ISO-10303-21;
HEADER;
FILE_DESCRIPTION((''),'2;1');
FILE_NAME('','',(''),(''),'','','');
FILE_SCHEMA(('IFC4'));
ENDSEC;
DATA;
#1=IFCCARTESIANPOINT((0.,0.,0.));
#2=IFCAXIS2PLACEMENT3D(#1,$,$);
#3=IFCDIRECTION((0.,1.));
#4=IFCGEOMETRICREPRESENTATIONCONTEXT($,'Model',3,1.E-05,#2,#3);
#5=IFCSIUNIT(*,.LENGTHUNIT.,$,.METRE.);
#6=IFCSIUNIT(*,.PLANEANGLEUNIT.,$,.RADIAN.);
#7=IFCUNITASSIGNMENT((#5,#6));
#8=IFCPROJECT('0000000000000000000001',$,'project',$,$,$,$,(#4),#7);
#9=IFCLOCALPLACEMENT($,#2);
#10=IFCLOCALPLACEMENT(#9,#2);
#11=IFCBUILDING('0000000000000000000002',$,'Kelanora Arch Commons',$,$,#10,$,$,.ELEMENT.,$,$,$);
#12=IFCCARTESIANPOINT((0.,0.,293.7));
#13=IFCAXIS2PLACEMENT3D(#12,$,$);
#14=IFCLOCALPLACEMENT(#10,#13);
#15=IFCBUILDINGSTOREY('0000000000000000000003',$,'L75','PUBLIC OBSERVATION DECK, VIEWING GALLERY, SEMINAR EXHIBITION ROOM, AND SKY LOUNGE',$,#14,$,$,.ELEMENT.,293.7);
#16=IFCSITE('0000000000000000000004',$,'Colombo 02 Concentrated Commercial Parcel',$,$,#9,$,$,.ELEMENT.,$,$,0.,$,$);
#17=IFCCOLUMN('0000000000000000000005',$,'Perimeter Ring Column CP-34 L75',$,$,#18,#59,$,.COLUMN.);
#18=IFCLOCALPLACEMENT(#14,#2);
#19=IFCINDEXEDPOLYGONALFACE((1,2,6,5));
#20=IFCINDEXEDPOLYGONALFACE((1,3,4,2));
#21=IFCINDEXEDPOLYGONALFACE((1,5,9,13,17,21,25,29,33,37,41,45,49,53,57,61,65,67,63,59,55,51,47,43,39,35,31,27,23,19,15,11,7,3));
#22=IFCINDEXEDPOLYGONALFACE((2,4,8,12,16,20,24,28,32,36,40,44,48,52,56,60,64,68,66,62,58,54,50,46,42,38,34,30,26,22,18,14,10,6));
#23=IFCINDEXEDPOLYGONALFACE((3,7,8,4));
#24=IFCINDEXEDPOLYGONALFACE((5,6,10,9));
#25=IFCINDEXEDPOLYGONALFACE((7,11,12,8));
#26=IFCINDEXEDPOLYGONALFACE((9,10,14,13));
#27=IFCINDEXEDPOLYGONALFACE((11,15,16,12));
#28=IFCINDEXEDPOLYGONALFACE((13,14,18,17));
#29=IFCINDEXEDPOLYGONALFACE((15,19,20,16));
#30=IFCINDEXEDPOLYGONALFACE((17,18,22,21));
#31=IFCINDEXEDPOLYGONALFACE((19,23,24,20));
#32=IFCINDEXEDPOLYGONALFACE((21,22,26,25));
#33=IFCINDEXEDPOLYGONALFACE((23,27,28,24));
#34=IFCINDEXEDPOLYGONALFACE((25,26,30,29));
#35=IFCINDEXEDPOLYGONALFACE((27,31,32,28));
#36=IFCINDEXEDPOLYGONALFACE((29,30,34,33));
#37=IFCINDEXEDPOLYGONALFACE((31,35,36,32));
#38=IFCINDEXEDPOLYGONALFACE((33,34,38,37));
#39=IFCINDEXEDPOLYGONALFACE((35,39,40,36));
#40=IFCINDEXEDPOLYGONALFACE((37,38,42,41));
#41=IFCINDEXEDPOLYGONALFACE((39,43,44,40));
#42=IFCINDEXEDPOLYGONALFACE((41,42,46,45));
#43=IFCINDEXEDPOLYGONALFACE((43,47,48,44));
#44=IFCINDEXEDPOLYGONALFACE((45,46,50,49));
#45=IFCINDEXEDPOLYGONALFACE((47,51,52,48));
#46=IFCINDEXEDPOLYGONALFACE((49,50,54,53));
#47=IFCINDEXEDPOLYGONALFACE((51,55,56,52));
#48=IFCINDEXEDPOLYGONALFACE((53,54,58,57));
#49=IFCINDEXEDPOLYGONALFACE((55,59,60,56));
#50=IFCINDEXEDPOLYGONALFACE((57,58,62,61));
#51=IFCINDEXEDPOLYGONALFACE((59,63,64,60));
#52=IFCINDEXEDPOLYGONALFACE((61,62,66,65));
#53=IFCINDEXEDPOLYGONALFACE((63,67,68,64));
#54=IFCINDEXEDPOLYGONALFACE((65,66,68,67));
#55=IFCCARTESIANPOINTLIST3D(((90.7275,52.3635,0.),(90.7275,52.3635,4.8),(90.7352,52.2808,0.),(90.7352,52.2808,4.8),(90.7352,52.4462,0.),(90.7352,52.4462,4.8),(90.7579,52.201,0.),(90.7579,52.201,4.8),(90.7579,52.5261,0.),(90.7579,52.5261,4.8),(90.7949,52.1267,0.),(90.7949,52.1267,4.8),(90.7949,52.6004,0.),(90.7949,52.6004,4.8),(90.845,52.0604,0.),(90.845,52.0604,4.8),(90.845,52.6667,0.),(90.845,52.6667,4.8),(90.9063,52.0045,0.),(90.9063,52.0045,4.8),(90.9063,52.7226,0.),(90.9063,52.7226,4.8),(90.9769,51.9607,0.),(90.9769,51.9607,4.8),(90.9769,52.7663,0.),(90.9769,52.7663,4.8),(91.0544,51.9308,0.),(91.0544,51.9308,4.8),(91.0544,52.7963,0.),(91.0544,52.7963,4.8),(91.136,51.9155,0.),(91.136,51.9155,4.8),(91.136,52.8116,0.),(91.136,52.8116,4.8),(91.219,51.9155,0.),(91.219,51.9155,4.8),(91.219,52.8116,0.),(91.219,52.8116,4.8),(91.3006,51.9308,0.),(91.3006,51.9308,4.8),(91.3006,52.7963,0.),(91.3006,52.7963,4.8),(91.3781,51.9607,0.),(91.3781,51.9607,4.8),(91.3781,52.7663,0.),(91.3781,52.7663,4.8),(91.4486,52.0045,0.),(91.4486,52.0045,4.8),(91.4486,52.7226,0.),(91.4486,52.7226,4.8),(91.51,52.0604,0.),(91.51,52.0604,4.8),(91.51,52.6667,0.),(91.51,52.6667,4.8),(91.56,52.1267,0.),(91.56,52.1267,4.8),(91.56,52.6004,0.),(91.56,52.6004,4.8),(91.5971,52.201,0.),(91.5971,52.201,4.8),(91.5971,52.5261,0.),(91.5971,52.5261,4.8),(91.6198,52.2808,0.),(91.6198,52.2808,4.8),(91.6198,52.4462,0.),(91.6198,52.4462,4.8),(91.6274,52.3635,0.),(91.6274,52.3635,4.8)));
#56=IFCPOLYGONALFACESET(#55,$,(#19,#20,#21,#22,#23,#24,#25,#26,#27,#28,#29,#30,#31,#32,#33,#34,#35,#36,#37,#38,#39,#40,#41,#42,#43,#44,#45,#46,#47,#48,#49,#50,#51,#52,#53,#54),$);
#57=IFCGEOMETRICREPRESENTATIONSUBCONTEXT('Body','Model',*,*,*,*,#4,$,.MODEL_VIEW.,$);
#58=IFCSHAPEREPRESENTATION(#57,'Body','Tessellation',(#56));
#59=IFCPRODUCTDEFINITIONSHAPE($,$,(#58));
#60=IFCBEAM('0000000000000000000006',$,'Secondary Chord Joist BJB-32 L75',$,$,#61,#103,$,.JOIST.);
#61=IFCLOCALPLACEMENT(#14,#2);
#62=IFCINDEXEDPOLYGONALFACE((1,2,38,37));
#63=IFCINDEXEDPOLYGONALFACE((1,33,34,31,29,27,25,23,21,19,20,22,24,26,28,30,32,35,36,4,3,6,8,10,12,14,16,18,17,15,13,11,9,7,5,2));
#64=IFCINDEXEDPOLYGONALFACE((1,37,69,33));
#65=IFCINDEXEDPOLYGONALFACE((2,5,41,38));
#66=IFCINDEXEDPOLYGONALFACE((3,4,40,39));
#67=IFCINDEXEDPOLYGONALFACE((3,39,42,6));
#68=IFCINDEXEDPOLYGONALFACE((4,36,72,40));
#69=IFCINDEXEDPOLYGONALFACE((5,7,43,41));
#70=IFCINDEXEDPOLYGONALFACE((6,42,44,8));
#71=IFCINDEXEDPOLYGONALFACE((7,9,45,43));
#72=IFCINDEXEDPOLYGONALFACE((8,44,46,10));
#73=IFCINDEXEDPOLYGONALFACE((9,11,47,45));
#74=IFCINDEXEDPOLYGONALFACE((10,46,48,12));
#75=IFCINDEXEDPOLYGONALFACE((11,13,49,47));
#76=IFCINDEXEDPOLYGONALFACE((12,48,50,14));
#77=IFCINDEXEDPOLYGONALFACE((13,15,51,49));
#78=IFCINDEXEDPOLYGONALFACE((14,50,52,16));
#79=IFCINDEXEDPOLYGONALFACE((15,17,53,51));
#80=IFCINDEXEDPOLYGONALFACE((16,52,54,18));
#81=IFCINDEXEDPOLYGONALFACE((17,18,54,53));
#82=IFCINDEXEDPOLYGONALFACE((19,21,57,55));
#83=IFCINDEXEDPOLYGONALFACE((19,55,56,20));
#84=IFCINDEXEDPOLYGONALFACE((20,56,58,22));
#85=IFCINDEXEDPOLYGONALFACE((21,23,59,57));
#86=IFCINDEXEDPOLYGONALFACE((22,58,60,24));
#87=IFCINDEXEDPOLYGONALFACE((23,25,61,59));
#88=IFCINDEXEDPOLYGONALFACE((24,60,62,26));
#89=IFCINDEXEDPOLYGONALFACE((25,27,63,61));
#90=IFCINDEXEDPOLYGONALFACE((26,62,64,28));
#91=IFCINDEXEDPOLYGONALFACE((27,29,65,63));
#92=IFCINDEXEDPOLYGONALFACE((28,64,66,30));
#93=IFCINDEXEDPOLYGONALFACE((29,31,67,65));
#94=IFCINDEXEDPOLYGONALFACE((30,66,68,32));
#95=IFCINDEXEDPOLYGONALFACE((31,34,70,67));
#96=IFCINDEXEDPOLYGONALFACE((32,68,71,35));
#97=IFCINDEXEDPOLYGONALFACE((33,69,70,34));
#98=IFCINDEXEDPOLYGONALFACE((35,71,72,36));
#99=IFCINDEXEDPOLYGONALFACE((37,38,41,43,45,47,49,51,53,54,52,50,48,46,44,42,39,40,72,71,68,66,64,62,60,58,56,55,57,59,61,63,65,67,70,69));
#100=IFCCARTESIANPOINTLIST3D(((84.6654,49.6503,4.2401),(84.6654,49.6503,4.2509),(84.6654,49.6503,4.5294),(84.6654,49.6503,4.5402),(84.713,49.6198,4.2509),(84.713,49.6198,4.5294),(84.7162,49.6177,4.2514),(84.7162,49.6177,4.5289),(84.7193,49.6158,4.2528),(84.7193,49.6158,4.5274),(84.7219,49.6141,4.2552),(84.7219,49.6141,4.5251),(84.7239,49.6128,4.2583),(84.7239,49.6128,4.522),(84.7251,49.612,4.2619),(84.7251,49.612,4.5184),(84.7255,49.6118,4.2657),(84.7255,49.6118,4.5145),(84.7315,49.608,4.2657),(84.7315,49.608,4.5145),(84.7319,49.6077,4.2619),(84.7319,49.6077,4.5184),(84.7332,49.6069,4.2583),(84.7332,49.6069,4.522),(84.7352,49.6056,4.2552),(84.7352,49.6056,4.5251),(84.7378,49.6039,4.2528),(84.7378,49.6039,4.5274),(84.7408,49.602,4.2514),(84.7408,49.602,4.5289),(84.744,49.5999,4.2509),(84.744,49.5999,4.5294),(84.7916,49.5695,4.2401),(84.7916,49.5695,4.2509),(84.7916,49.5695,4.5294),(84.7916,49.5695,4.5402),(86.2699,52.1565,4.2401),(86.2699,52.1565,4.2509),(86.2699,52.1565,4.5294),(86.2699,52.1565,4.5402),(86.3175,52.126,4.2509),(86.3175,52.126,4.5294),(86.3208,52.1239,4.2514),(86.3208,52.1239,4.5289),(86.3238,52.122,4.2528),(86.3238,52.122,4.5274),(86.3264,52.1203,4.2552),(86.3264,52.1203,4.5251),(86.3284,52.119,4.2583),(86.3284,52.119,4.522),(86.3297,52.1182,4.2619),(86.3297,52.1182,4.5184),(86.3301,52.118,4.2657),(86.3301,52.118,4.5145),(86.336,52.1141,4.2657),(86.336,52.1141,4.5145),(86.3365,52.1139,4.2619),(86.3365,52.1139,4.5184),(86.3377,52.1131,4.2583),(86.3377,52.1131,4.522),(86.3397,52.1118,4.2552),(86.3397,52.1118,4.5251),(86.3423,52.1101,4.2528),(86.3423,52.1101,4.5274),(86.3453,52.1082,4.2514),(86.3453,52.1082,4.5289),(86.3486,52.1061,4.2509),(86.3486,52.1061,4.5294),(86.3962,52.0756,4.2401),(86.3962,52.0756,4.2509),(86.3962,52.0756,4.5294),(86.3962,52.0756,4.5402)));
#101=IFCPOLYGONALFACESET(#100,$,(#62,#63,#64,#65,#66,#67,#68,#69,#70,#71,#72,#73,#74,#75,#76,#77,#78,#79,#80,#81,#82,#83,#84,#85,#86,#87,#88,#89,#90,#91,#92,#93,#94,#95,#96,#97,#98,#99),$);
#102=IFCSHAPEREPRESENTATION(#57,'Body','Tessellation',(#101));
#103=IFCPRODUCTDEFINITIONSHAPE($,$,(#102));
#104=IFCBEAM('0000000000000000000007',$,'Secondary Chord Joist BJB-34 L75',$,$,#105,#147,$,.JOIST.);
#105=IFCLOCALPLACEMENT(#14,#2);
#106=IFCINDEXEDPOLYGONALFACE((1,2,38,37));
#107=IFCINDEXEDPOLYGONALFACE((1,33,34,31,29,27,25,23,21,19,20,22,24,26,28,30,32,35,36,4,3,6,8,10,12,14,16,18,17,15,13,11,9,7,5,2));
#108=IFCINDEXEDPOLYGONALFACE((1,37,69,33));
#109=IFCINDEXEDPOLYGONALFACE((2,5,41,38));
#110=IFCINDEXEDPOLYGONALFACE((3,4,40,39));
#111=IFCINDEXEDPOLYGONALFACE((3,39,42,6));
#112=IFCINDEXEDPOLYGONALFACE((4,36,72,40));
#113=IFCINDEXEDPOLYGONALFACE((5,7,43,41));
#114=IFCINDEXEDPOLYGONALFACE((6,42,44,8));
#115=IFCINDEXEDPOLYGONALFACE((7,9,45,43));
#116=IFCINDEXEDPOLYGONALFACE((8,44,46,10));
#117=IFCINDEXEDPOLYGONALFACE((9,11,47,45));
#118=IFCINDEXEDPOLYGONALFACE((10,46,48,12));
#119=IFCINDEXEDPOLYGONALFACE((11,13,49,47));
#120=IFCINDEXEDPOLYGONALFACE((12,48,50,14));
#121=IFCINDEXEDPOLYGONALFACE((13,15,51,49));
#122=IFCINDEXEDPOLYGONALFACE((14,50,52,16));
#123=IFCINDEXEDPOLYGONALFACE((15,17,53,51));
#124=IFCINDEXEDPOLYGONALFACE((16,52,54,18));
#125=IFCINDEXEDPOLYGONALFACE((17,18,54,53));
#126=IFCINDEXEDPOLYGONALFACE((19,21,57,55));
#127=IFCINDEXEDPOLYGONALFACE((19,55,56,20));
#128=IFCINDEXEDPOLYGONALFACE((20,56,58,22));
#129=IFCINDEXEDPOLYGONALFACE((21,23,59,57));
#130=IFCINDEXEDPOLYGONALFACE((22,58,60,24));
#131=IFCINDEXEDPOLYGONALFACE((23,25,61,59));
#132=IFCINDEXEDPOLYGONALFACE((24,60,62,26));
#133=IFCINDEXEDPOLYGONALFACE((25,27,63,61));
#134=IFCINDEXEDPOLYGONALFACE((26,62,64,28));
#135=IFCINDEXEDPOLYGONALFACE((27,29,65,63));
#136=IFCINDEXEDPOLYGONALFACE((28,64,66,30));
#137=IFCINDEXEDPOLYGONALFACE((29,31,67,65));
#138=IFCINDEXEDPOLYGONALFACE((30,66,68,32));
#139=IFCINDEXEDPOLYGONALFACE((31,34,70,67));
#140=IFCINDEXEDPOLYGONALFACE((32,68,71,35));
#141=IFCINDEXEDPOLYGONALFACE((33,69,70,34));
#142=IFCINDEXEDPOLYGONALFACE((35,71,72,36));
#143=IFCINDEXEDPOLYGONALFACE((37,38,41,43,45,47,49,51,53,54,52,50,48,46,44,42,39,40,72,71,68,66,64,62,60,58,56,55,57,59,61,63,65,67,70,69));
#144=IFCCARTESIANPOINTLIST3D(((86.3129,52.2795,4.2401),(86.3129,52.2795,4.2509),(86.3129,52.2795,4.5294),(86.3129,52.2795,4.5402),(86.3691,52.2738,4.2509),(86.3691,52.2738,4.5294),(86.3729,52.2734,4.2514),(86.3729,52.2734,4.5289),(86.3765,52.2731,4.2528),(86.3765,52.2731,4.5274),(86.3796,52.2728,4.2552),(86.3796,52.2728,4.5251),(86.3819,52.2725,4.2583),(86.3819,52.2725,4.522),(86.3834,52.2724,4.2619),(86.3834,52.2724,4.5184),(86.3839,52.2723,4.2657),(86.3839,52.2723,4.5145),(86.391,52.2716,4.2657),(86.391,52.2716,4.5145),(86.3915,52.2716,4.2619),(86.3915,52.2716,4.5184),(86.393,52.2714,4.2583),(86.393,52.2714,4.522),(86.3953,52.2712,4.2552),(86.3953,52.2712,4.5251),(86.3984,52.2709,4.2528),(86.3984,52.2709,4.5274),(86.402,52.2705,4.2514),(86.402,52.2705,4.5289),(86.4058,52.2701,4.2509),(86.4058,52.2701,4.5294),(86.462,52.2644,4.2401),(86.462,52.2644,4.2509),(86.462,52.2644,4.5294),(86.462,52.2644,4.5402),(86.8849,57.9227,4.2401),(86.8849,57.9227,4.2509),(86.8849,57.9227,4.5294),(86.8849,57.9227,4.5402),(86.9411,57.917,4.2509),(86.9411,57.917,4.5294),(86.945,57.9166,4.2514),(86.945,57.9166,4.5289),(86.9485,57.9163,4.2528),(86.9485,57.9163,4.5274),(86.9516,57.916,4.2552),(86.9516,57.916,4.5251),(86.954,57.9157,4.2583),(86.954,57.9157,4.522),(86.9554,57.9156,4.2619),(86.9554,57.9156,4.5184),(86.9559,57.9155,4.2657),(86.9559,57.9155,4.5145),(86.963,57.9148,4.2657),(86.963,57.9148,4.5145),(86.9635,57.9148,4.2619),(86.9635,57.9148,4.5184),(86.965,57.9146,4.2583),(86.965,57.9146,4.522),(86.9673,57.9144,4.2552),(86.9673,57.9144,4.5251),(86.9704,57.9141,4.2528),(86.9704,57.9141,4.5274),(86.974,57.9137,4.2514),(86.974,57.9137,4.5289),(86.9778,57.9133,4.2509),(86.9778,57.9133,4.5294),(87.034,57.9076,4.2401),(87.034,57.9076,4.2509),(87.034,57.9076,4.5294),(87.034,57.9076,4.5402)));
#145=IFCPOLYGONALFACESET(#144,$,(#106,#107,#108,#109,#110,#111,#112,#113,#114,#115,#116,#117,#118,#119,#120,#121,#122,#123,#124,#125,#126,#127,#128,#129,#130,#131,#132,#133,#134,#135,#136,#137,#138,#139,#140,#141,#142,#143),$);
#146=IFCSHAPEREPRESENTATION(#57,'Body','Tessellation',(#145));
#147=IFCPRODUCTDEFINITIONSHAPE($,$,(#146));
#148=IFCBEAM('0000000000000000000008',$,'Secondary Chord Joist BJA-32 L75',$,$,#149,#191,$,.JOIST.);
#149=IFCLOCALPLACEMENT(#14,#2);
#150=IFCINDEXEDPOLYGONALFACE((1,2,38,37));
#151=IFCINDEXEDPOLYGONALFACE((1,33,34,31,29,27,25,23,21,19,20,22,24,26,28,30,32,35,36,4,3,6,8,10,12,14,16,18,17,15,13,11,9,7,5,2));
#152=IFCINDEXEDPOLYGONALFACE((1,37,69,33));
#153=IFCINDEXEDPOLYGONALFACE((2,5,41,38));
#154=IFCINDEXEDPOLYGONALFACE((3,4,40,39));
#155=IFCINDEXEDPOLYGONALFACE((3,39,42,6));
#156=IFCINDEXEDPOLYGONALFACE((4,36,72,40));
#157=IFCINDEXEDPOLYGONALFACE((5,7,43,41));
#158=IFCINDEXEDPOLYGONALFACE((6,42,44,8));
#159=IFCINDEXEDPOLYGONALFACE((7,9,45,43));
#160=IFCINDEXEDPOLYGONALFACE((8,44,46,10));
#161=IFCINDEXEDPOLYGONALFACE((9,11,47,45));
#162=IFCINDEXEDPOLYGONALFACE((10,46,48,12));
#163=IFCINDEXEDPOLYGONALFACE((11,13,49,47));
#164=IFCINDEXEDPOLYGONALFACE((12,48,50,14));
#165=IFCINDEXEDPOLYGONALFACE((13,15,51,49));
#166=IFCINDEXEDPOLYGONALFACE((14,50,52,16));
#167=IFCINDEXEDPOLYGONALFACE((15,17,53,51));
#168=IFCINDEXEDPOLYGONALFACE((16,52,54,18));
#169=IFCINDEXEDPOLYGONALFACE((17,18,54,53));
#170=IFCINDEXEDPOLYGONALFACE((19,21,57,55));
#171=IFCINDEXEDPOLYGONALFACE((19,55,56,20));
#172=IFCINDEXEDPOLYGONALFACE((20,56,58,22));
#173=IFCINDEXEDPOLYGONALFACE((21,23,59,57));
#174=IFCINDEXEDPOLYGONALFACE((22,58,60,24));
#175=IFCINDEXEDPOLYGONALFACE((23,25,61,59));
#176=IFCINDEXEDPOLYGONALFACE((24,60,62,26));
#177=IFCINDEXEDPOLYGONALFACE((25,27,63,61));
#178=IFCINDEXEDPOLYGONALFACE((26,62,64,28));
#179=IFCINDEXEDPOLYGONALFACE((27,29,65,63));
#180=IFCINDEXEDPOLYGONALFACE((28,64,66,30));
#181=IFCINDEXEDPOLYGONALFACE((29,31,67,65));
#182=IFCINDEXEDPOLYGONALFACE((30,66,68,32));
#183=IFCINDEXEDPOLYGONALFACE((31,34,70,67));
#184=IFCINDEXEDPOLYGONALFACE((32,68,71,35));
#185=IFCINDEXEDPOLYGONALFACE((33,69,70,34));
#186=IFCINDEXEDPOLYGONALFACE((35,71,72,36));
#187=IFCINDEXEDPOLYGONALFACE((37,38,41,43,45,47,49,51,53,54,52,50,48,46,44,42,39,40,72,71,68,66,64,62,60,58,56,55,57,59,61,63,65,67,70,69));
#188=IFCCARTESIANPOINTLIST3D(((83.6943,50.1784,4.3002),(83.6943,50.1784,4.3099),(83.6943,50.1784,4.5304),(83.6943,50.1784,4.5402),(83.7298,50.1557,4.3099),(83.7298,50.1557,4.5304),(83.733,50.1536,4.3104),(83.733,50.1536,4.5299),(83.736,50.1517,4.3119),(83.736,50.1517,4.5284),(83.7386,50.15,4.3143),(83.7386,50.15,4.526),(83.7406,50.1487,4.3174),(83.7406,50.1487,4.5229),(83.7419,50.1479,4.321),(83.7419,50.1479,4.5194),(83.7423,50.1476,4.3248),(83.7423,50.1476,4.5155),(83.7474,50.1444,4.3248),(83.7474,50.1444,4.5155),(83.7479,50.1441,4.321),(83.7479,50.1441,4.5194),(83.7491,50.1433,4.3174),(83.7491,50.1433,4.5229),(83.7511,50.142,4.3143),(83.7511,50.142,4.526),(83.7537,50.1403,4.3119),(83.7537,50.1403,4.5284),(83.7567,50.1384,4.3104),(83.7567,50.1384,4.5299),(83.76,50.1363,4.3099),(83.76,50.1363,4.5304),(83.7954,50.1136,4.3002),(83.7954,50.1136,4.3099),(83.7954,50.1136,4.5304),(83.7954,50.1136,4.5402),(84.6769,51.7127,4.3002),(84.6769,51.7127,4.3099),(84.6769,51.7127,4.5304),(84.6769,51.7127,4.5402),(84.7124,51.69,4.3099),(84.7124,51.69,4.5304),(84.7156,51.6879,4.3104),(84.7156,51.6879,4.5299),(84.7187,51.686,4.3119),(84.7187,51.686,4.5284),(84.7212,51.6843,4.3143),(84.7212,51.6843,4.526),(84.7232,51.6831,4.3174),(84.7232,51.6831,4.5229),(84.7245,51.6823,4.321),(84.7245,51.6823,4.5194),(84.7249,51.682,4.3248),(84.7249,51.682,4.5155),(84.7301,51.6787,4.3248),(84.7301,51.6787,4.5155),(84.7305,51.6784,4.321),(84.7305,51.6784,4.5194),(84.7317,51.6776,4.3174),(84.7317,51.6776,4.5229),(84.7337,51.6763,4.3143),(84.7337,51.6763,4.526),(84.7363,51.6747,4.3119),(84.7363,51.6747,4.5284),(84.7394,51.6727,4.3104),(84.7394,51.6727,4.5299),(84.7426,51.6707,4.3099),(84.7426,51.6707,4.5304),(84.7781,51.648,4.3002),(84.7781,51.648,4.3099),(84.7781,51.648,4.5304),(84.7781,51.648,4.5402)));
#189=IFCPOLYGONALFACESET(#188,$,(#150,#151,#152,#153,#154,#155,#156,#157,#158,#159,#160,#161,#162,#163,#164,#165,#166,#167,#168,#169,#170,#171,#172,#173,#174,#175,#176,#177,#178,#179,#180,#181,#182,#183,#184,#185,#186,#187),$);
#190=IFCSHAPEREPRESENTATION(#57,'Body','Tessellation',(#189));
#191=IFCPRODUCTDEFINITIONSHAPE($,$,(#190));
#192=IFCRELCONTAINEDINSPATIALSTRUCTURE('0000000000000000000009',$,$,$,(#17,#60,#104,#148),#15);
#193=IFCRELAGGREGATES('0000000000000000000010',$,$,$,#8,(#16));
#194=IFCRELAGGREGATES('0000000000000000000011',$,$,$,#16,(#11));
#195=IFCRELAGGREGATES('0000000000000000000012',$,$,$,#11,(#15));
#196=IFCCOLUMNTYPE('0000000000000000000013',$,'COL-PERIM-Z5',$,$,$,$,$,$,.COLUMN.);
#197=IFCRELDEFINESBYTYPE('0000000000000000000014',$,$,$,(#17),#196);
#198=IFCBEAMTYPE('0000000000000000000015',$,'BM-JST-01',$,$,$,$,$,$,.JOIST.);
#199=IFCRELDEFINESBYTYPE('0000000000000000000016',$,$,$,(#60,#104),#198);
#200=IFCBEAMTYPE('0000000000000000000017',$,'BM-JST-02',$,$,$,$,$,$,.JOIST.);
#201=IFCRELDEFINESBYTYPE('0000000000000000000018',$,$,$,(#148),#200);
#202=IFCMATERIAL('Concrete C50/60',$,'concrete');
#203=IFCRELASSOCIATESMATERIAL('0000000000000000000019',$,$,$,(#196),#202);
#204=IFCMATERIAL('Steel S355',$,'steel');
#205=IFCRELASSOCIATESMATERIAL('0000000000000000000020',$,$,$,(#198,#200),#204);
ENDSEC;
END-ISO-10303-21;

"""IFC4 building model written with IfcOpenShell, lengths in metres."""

from ifc_helpers import new_model, si_unit, direction, frame, origin, origin_2d, place, context, subcontext, project, spatial, circle, i_section, extrude, material, material_profile, profile_set, type_object, element, save


model = new_model("IFC4")

# Units and contexts
model_context = context("Model", 3, precision=1e-05, world=origin(), true_north=direction((0.0, 1.0)))
body_context = subcontext(model_context, "Body", "Model", "MODEL_VIEW")
ifc_project = project(units=[si_unit("LENGTHUNIT", "METRE"), si_unit("PLANEANGLEUNIT", "RADIAN")], contexts=[model_context])

# Site, building, storey
site_placement = place(None, origin())
site = spatial("IfcSite", under=ifc_project, at=site_placement, Name="Colombo 02 Concentrated Commercial Parcel", CompositionType="ELEMENT", RefElevation=0.0)
building_placement = place(site_placement, origin())
building = spatial("IfcBuilding", under=site, at=building_placement, Name="Kelanora Arch Commons", CompositionType="ELEMENT")
storey_placement = place(building_placement, frame((0.0, 0.0, 293.7)))
storey = spatial("IfcBuildingStorey", under=building, at=storey_placement, Name="L75", Description="PUBLIC OBSERVATION DECK, VIEWING GALLERY, SEMINAR EXHIBITION ROOM, AND SKY LOUNGE", CompositionType="ELEMENT", Elevation=293.7)

# Column
ifc_material_1 = material(Name="Concrete C50/60", Category="concrete")
ifc_material_profile_1 = material_profile(ifc_material_1, circle(Radius=0.45, at=origin_2d()), Name="RCC900")
ifc_profile_set_1 = profile_set([ifc_material_profile_1], Name="Concrete C50/60")
column_type = type_object("IfcColumnType", Name="COL-PERIM-Z5", PredefinedType="COLUMN", material=ifc_profile_set_1)
column_placement = place(storey_placement, frame((91.1775, 52.3635, 0.0), z_axis=(0.0, 0.0, 1.0), x_axis=(1.0, 0.0, 0.0)))
element("IfcColumn", 1, at=column_placement, inside=storey, type_object=column_type, Name="Perimeter Ring Column CP-34 L75", PredefinedType="COLUMN", context=body_context, shape_type="SweptSolid", body=[
    extrude(circle(Radius=0.45, at=origin_2d()), origin(), (0.0, 0.0, 1.0), 4.8),
])

# Beams
ifc_material_2 = material(Name="Steel S355", Category="steel")
ifc_material_profile_2 = material_profile(ifc_material_2, i_section(OverallWidth=0.1499, OverallDepth=0.3, WebThickness=0.0071, FlangeThickness=0.0107, FilletRadius=0.0149, at=origin_2d()), Name="IPE300")
ifc_profile_set_2 = profile_set([ifc_material_profile_2], Name="Steel S355")
beam_type_1 = type_object("IfcBeamType", Name="BM-JST-01", PredefinedType="JOIST", material=ifc_profile_set_2)
beam_1_placement = place(storey_placement, frame((84.7285, 49.6099, 4.3901), z_axis=(0.539193, 0.842182, 0.0), x_axis=(-0.842182, 0.539193, 0.0)))
element("IfcBeam", 2, at=beam_1_placement, inside=storey, type_object=beam_type_1, Name="Secondary Chord Joist BJB-32 L75", PredefinedType="JOIST", context=body_context, shape_type="SweptSolid", body=[
    extrude(i_section(OverallWidth=0.1499, OverallDepth=0.3, WebThickness=0.0071, FlangeThickness=0.0107, FilletRadius=0.0149, at=origin_2d()), origin(), (0.0, 0.0, 1.0), 2.9758),
])
beam_2_placement = place(storey_placement, frame((86.3875, 52.272, 4.3901), z_axis=(0.100846, 0.994902, 0.0), x_axis=(-0.994902, 0.100846, 0.0)))
element("IfcBeam", 3, at=beam_2_placement, inside=storey, type_object=beam_type_1, Name="Secondary Chord Joist BJB-34 L75", PredefinedType="JOIST", context=body_context, shape_type="SweptSolid", body=[
    extrude(i_section(OverallWidth=0.1499, OverallDepth=0.3, WebThickness=0.0071, FlangeThickness=0.0107, FilletRadius=0.0149, at=origin_2d()), origin(), (0.0, 0.0, 1.0), 5.6721),
])
ifc_material_profile_3 = material_profile(ifc_material_2, i_section(OverallWidth=0.1201, OverallDepth=0.24, WebThickness=0.0061, FlangeThickness=0.0098, FilletRadius=0.0149, at=origin_2d()), Name="IPE240")
ifc_profile_set_3 = profile_set([ifc_material_profile_3], Name="Steel S355")
beam_type_2 = type_object("IfcBeamType", Name="BM-JST-02", PredefinedType="JOIST", material=ifc_profile_set_3)
beam_3_placement = place(storey_placement, frame((83.7449, 50.146, 4.4202), z_axis=(0.539301, 0.842113, 0.0), x_axis=(-0.842113, 0.539301, 0.0)))
element("IfcBeam", 4, at=beam_3_placement, inside=storey, type_object=beam_type_2, Name="Secondary Chord Joist BJA-32 L75", PredefinedType="JOIST", context=body_context, shape_type="SweptSolid", body=[
    extrude(i_section(OverallWidth=0.1201, OverallDepth=0.24, WebThickness=0.0061, FlangeThickness=0.0098, FilletRadius=0.0149, at=origin_2d()), origin(), (0.0, 0.0, 1.0), 1.822),
])

save(model, "model.ifc")
